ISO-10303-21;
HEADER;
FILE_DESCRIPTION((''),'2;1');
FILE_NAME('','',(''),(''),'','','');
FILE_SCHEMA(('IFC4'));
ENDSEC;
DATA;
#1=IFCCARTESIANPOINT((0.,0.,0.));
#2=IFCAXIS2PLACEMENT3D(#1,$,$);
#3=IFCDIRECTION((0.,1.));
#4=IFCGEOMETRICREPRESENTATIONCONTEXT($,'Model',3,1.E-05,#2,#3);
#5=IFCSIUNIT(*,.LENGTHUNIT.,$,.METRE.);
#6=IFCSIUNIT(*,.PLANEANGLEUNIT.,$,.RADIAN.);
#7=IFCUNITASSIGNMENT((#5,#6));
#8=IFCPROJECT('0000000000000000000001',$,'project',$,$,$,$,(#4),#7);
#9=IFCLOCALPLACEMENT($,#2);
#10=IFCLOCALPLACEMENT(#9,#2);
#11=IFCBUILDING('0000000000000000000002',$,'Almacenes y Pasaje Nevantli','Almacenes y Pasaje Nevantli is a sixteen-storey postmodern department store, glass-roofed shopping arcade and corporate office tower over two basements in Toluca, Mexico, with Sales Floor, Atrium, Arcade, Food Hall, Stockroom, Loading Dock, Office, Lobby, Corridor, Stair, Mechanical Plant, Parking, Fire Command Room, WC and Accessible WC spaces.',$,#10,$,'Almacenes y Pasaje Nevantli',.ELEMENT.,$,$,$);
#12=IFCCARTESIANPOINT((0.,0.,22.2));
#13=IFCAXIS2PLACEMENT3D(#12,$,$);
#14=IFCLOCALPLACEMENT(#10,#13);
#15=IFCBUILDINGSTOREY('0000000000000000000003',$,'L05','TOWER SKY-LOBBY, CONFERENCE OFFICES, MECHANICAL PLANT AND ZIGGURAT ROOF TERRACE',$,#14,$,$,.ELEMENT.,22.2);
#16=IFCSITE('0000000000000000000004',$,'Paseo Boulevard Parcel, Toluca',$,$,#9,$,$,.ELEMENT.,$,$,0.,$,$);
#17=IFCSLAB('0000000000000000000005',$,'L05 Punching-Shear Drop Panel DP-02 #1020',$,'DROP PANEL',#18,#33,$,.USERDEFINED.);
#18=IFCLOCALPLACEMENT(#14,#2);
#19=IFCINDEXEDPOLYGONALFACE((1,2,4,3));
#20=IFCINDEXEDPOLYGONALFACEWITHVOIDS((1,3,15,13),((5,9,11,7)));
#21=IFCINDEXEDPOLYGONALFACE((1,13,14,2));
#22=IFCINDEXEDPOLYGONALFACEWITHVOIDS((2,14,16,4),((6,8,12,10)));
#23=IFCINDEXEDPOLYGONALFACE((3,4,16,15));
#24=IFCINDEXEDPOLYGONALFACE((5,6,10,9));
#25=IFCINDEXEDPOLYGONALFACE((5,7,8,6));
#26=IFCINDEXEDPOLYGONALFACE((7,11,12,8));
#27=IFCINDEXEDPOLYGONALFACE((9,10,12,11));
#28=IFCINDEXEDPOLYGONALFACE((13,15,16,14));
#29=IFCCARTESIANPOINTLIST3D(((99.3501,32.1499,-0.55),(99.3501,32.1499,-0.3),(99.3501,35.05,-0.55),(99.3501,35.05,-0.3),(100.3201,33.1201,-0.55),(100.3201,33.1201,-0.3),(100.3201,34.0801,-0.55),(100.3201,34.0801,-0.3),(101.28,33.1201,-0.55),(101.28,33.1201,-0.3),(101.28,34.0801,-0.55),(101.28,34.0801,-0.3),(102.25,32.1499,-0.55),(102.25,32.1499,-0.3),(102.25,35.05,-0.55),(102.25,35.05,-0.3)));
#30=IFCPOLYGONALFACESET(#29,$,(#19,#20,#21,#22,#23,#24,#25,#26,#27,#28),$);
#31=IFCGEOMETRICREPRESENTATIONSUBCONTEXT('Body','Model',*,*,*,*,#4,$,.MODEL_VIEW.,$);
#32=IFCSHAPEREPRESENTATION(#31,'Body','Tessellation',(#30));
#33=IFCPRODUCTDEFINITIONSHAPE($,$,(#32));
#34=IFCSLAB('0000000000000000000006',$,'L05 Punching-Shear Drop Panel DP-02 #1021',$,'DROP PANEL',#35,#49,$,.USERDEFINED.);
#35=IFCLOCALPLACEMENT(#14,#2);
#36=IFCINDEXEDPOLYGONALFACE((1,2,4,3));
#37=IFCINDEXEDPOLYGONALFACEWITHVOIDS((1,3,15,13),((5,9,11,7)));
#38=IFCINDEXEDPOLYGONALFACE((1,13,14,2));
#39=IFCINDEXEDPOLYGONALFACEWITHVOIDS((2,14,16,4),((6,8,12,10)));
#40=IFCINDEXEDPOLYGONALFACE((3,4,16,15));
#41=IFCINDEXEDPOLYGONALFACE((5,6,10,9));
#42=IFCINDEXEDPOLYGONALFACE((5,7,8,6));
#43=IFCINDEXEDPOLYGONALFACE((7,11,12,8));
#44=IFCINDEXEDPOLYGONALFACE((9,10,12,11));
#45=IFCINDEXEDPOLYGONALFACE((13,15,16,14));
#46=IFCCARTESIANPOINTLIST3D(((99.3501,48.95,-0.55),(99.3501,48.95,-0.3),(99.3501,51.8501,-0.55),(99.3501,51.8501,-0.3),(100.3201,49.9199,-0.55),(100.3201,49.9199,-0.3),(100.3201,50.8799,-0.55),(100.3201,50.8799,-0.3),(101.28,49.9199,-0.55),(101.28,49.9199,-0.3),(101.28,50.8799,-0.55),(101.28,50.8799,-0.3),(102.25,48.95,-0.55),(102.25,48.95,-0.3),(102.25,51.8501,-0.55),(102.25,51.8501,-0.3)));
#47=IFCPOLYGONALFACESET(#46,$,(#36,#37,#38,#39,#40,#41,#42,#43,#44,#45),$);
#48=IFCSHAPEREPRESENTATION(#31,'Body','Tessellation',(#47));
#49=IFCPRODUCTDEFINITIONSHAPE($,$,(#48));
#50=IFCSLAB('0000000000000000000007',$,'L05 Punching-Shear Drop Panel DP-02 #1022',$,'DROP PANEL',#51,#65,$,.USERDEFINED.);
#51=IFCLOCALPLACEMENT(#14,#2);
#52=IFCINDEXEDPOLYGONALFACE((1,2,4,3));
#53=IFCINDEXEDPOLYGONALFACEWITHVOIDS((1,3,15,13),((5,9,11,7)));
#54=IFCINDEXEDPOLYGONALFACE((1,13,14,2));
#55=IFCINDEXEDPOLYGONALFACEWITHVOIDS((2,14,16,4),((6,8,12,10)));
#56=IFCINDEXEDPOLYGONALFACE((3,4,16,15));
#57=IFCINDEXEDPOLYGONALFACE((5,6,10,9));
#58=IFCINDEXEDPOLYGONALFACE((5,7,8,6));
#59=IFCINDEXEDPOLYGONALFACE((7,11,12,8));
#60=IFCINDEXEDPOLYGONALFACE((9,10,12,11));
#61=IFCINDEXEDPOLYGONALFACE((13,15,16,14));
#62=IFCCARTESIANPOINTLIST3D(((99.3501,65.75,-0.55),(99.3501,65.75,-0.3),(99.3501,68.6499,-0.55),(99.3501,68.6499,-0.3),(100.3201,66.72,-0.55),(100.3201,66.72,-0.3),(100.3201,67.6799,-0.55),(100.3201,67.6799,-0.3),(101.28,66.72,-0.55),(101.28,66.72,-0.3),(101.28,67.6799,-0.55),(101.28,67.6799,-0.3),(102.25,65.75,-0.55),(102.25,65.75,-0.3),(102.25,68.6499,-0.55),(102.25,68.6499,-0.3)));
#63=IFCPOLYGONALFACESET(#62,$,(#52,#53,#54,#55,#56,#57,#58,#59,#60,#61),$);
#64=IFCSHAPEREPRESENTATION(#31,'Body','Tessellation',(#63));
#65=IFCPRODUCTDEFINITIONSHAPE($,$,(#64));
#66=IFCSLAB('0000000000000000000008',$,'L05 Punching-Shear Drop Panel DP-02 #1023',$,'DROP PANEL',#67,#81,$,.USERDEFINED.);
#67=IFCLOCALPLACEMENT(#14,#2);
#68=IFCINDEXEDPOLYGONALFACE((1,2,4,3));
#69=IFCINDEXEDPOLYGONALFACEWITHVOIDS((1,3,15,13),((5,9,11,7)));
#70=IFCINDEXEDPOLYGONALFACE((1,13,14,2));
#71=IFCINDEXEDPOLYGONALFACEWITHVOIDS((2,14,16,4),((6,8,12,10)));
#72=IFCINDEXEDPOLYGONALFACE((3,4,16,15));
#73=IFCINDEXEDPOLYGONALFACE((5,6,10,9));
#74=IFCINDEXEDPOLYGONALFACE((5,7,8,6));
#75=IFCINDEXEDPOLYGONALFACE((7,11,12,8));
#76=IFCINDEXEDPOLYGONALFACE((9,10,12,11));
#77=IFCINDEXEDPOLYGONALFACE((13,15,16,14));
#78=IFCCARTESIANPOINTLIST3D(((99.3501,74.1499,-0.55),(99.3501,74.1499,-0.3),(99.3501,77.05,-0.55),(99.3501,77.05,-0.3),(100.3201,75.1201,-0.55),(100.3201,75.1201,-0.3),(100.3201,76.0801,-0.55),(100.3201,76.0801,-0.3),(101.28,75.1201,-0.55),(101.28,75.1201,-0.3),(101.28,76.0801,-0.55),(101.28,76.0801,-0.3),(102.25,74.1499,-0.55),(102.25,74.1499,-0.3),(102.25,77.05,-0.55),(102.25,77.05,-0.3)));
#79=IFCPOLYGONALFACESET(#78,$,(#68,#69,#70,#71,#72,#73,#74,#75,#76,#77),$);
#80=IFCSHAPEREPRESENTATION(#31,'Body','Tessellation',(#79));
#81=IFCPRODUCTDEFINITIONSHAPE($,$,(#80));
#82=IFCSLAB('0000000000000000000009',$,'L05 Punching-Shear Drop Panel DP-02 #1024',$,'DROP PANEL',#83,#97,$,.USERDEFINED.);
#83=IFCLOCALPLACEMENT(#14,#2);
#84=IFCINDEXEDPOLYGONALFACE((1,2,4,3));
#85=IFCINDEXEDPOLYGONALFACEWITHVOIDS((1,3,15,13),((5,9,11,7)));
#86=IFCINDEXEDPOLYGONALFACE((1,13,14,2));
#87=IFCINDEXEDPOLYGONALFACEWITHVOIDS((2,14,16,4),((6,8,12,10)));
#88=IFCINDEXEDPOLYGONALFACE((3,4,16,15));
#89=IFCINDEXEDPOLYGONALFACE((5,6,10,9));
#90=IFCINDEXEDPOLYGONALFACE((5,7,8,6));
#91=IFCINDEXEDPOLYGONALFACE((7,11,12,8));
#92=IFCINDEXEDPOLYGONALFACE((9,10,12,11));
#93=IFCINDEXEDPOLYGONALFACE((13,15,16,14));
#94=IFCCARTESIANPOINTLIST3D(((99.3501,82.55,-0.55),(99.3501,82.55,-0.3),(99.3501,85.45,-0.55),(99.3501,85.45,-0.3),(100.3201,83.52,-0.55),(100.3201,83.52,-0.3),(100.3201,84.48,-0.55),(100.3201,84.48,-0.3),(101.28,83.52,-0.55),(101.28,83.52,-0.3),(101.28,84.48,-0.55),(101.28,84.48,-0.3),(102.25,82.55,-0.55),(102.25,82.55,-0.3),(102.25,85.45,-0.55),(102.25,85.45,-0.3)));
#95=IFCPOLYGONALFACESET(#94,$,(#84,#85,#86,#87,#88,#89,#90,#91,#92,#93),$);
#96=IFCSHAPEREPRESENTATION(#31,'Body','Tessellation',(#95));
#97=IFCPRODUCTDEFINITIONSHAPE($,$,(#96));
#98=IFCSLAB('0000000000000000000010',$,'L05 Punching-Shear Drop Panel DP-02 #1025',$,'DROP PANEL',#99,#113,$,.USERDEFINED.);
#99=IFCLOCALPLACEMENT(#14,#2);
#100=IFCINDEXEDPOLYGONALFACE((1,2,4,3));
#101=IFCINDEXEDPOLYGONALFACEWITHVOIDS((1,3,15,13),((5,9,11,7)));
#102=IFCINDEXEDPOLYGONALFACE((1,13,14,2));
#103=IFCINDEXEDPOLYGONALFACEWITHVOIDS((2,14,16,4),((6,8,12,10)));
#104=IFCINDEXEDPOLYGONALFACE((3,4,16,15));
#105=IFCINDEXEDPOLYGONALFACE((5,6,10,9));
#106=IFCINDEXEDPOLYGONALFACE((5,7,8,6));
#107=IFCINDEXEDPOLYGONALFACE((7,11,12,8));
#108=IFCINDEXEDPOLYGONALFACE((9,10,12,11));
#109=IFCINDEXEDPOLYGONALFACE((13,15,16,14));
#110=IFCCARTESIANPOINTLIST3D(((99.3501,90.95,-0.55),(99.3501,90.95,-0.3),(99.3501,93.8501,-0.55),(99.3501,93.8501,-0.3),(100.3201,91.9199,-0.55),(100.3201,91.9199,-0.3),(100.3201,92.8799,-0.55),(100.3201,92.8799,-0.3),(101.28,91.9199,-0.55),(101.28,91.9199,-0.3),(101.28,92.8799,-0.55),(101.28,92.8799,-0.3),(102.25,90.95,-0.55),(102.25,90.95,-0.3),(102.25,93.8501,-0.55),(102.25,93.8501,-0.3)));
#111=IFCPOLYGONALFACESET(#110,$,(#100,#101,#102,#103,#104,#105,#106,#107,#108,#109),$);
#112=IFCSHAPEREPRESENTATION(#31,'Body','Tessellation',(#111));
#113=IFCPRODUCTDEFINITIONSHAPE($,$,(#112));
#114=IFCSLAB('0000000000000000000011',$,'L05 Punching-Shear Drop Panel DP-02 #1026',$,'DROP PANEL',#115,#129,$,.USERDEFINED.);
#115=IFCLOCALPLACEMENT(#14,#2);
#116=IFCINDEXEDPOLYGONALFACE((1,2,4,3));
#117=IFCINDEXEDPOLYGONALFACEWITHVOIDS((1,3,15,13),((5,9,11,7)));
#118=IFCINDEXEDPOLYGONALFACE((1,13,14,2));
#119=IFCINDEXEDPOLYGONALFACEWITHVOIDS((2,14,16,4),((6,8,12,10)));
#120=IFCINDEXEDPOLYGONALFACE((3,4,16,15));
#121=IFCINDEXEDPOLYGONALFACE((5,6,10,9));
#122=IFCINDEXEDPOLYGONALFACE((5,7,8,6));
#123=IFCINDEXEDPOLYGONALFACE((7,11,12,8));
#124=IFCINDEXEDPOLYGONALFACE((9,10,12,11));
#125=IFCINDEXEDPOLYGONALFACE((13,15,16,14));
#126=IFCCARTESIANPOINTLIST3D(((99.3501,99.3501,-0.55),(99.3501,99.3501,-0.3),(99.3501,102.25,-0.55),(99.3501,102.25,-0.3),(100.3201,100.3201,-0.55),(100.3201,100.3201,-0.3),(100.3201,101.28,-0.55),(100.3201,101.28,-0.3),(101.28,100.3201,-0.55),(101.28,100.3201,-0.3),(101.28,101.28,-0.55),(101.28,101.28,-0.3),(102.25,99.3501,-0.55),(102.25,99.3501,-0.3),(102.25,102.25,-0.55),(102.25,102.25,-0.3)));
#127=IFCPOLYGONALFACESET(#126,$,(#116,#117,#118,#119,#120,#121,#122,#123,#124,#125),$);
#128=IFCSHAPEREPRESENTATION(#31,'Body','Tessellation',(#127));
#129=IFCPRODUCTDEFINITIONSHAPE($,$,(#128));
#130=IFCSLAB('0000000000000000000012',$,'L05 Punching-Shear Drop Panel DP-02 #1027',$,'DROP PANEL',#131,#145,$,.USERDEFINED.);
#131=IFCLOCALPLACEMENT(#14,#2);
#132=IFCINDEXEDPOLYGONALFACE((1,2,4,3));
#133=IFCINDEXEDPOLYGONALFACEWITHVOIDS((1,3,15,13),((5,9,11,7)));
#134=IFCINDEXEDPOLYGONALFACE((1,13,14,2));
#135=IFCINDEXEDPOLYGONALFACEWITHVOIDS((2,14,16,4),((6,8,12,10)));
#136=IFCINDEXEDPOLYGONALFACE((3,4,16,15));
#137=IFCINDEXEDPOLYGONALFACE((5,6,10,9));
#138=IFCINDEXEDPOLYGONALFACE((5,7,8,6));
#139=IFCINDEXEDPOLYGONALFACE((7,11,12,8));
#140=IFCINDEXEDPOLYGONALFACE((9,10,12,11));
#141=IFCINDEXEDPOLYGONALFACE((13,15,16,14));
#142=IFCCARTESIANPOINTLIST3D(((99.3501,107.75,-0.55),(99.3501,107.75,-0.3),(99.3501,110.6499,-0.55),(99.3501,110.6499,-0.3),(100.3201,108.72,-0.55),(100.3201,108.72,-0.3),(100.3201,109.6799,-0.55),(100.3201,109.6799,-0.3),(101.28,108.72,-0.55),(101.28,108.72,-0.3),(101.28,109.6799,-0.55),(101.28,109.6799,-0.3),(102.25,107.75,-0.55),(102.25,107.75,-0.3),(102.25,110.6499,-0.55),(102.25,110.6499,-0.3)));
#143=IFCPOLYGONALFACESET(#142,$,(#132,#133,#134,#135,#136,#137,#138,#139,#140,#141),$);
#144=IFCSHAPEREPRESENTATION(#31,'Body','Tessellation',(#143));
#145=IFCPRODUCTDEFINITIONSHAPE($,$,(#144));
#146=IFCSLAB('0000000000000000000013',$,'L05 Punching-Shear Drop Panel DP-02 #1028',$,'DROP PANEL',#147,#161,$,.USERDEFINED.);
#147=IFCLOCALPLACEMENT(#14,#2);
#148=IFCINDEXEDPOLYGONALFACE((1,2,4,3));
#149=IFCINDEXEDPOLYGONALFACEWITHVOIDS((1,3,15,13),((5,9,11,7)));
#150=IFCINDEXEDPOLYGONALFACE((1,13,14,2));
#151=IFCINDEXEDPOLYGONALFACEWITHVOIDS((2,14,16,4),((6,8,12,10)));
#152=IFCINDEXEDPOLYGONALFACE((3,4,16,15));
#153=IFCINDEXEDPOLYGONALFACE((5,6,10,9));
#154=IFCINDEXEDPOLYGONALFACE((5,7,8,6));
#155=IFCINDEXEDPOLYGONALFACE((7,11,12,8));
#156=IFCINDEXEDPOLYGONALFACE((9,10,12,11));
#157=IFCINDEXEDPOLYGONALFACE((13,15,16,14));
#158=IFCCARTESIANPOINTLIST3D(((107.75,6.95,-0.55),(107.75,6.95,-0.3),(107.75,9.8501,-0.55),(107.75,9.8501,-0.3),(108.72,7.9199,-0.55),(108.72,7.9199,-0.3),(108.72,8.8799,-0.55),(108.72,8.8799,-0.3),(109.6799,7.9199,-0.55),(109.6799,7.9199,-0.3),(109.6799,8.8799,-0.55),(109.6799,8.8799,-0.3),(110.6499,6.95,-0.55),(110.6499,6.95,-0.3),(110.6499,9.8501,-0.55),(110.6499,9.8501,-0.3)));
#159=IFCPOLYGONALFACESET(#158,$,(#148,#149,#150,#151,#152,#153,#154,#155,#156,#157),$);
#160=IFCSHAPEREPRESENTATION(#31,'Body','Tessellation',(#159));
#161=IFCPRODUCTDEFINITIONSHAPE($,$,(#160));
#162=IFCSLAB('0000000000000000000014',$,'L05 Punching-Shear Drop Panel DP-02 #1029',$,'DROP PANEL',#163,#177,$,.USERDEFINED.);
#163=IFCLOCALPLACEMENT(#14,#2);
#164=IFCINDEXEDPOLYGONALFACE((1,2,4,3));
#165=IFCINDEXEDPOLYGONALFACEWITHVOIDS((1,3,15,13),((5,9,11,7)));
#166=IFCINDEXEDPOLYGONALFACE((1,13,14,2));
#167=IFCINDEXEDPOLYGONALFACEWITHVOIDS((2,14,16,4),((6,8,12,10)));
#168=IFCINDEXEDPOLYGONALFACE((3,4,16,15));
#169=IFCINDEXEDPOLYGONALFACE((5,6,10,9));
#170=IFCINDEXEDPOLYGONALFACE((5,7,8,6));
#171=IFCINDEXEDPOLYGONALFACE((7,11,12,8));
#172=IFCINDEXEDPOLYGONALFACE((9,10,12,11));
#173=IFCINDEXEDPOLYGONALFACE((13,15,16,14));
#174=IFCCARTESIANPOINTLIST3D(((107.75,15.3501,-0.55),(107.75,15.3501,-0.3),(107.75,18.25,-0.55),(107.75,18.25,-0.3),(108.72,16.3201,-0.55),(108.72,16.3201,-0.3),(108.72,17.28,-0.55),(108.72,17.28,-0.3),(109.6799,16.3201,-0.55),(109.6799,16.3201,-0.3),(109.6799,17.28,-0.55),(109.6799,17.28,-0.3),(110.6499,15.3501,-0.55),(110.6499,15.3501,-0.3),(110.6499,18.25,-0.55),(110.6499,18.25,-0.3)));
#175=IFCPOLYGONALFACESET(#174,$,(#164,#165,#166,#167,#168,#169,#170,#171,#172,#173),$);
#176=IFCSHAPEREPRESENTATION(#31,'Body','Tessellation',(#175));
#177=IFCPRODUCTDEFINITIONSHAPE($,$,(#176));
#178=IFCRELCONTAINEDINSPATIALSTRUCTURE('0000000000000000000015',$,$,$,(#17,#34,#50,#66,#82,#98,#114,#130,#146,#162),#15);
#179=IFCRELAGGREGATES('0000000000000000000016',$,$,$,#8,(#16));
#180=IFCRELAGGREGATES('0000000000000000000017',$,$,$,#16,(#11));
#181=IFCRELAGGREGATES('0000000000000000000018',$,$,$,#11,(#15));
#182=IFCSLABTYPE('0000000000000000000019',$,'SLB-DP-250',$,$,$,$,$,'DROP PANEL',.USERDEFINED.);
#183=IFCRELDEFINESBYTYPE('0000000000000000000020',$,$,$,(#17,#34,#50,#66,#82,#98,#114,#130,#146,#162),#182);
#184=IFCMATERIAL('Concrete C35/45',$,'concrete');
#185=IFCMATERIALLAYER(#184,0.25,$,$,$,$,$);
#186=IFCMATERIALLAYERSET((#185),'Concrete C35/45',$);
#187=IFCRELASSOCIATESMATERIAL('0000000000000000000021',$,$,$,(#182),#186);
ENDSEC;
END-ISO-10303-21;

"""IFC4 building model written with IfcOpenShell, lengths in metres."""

from ifc_helpers import new_model, si_unit, direction, frame, origin, place, context, subcontext, project, spatial, polyline, outline, extrude, material, layer, layer_set, type_object, element, save


model = new_model("IFC4")

# Units and contexts
model_context = context("Model", 3, precision=1e-05, world=origin(), true_north=direction((0.0, 1.0)))
body_context = subcontext(model_context, "Body", "Model", "MODEL_VIEW")
ifc_project = project(units=[si_unit("LENGTHUNIT", "METRE"), si_unit("PLANEANGLEUNIT", "RADIAN")], contexts=[model_context])

# Site, building, storey
site_placement = place(None, origin())
site = spatial("IfcSite", under=ifc_project, at=site_placement, Name="Paseo Boulevard Parcel, Toluca", CompositionType="ELEMENT", RefElevation=0.0)
building_placement = place(site_placement, origin())
building = spatial("IfcBuilding", under=site, at=building_placement, Name="Almacenes y Pasaje Nevantli", Description="Almacenes y Pasaje Nevantli is a sixteen-storey postmodern department store, glass-roofed shopping arcade and corporate office tower over two basements in Toluca, Mexico, with Sales Floor, Atrium, Arcade, Food Hall, Stockroom, Loading Dock, Office, Lobby, Corridor, Stair, Mechanical Plant, Parking, Fire Command Room, WC and Accessible WC spaces.", LongName="Almacenes y Pasaje Nevantli", CompositionType="ELEMENT")
storey_placement = place(building_placement, frame((0.0, 0.0, 22.2)))
storey = spatial("IfcBuildingStorey", under=building, at=storey_placement, Name="L05", Description="TOWER SKY-LOBBY, CONFERENCE OFFICES, MECHANICAL PLANT AND ZIGGURAT ROOF TERRACE", CompositionType="ELEMENT", Elevation=22.2)

# Slabs
ifc_material = material(Name="Concrete C35/45", Category="concrete")
ifc_layer = layer(ifc_material, 0.25)
ifc_layer_set = layer_set([ifc_layer], Name="Concrete C35/45")
slab_type = type_object("IfcSlabType", Name="SLB-DP-250", ElementType="DROP PANEL", PredefinedType="USERDEFINED", material=ifc_layer_set)
slab_1_placement = place(storey_placement, frame((0.0, 0.0, -0.55)))
element("IfcSlab", 1, at=slab_1_placement, inside=storey, type_object=slab_type, Name="L05 Punching-Shear Drop Panel DP-02 #1020", ObjectType="DROP PANEL", PredefinedType="USERDEFINED", context=body_context, shape_type="SweptSolid", body=[
    extrude(outline(polyline([(99.3501, 32.1499), (102.25, 32.1499), (102.25, 35.05), (99.3501, 35.05), (99.3501, 32.1499)]), holes=[polyline([(100.3201, 33.1201), (101.28, 33.1201), (101.28, 34.0801), (100.3201, 34.0801), (100.3201, 33.1201)])]), origin(), (0.0, 0.0, 1.0), 0.25),
])
slab_2_placement = place(storey_placement, frame((0.0, 0.0, -0.55)))
element("IfcSlab", 2, at=slab_2_placement, inside=storey, type_object=slab_type, Name="L05 Punching-Shear Drop Panel DP-02 #1021", ObjectType="DROP PANEL", PredefinedType="USERDEFINED", context=body_context, shape_type="SweptSolid", body=[
    extrude(outline(polyline([(99.3501, 48.95), (102.25, 48.95), (102.25, 51.8501), (99.3501, 51.8501), (99.3501, 48.95)]), holes=[polyline([(100.3201, 49.9199), (101.28, 49.9199), (101.28, 50.8799), (100.3201, 50.8799), (100.3201, 49.9199)])]), origin(), (0.0, 0.0, 1.0), 0.25),
])
slab_3_placement = place(storey_placement, frame((0.0, 0.0, -0.55)))
element("IfcSlab", 3, at=slab_3_placement, inside=storey, type_object=slab_type, Name="L05 Punching-Shear Drop Panel DP-02 #1022", ObjectType="DROP PANEL", PredefinedType="USERDEFINED", context=body_context, shape_type="SweptSolid", body=[
    extrude(outline(polyline([(99.3501, 65.75), (102.25, 65.75), (102.25, 68.6499), (99.3501, 68.6499), (99.3501, 65.75)]), holes=[polyline([(100.3201, 66.72), (101.28, 66.72), (101.28, 67.6799), (100.3201, 67.6799), (100.3201, 66.72)])]), origin(), (0.0, 0.0, 1.0), 0.25),
])
slab_4_placement = place(storey_placement, frame((0.0, 0.0, -0.55)))
element("IfcSlab", 4, at=slab_4_placement, inside=storey, type_object=slab_type, Name="L05 Punching-Shear Drop Panel DP-02 #1023", ObjectType="DROP PANEL", PredefinedType="USERDEFINED", context=body_context, shape_type="SweptSolid", body=[
    extrude(outline(polyline([(99.3501, 74.1499), (102.25, 74.1499), (102.25, 77.05), (99.3501, 77.05), (99.3501, 74.1499)]), holes=[polyline([(100.3201, 75.1201), (101.28, 75.1201), (101.28, 76.0801), (100.3201, 76.0801), (100.3201, 75.1201)])]), origin(), (0.0, 0.0, 1.0), 0.25),
])
slab_5_placement = place(storey_placement, frame((0.0, 0.0, -0.55)))
element("IfcSlab", 5, at=slab_5_placement, inside=storey, type_object=slab_type, Name="L05 Punching-Shear Drop Panel DP-02 #1024", ObjectType="DROP PANEL", PredefinedType="USERDEFINED", context=body_context, shape_type="SweptSolid", body=[
    extrude(outline(polyline([(99.3501, 82.55), (102.25, 82.55), (102.25, 85.45), (99.3501, 85.45), (99.3501, 82.55)]), holes=[polyline([(100.3201, 83.52), (101.28, 83.52), (101.28, 84.48), (100.3201, 84.48), (100.3201, 83.52)])]), origin(), (0.0, 0.0, 1.0), 0.25),
])
slab_6_placement = place(storey_placement, frame((0.0, 0.0, -0.55)))
element("IfcSlab", 6, at=slab_6_placement, inside=storey, type_object=slab_type, Name="L05 Punching-Shear Drop Panel DP-02 #1025", ObjectType="DROP PANEL", PredefinedType="USERDEFINED", context=body_context, shape_type="SweptSolid", body=[
    extrude(outline(polyline([(99.3501, 90.95), (102.25, 90.95), (102.25, 93.8501), (99.3501, 93.8501), (99.3501, 90.95)]), holes=[polyline([(100.3201, 91.9199), (101.28, 91.9199), (101.28, 92.8799), (100.3201, 92.8799), (100.3201, 91.9199)])]), origin(), (0.0, 0.0, 1.0), 0.25),
])
slab_7_placement = place(storey_placement, frame((0.0, 0.0, -0.55)))
element("IfcSlab", 7, at=slab_7_placement, inside=storey, type_object=slab_type, Name="L05 Punching-Shear Drop Panel DP-02 #1026", ObjectType="DROP PANEL", PredefinedType="USERDEFINED", context=body_context, shape_type="SweptSolid", body=[
    extrude(outline(polyline([(99.3501, 99.3501), (102.25, 99.3501), (102.25, 102.25), (99.3501, 102.25), (99.3501, 99.3501)]), holes=[polyline([(100.3201, 100.3201), (101.28, 100.3201), (101.28, 101.28), (100.3201, 101.28), (100.3201, 100.3201)])]), origin(), (0.0, 0.0, 1.0), 0.25),
])
slab_8_placement = place(storey_placement, frame((0.0, 0.0, -0.55)))
element("IfcSlab", 8, at=slab_8_placement, inside=storey, type_object=slab_type, Name="L05 Punching-Shear Drop Panel DP-02 #1027", ObjectType="DROP PANEL", PredefinedType="USERDEFINED", context=body_context, shape_type="SweptSolid", body=[
    extrude(outline(polyline([(99.3501, 107.75), (102.25, 107.75), (102.25, 110.6499), (99.3501, 110.6499), (99.3501, 107.75)]), holes=[polyline([(100.3201, 108.72), (101.28, 108.72), (101.28, 109.6799), (100.3201, 109.6799), (100.3201, 108.72)])]), origin(), (0.0, 0.0, 1.0), 0.25),
])
slab_9_placement = place(storey_placement, frame((0.0, 0.0, -0.55)))
element("IfcSlab", 9, at=slab_9_placement, inside=storey, type_object=slab_type, Name="L05 Punching-Shear Drop Panel DP-02 #1028", ObjectType="DROP PANEL", PredefinedType="USERDEFINED", context=body_context, shape_type="SweptSolid", body=[
    extrude(outline(polyline([(107.75, 6.95), (110.6499, 6.95), (110.6499, 9.8501), (107.75, 9.8501), (107.75, 6.95)]), holes=[polyline([(108.72, 7.9199), (109.6799, 7.9199), (109.6799, 8.8799), (108.72, 8.8799), (108.72, 7.9199)])]), origin(), (0.0, 0.0, 1.0), 0.25),
])
slab_10_placement = place(storey_placement, frame((0.0, 0.0, -0.55)))
element("IfcSlab", 10, at=slab_10_placement, inside=storey, type_object=slab_type, Name="L05 Punching-Shear Drop Panel DP-02 #1029", ObjectType="DROP PANEL", PredefinedType="USERDEFINED", context=body_context, shape_type="SweptSolid", body=[
    extrude(outline(polyline([(107.75, 15.3501), (110.6499, 15.3501), (110.6499, 18.25), (107.75, 18.25), (107.75, 15.3501)]), holes=[polyline([(108.72, 16.3201), (109.6799, 16.3201), (109.6799, 17.28), (108.72, 17.28), (108.72, 16.3201)])]), origin(), (0.0, 0.0, 1.0), 0.25),
])

save(model, "model.ifc")
